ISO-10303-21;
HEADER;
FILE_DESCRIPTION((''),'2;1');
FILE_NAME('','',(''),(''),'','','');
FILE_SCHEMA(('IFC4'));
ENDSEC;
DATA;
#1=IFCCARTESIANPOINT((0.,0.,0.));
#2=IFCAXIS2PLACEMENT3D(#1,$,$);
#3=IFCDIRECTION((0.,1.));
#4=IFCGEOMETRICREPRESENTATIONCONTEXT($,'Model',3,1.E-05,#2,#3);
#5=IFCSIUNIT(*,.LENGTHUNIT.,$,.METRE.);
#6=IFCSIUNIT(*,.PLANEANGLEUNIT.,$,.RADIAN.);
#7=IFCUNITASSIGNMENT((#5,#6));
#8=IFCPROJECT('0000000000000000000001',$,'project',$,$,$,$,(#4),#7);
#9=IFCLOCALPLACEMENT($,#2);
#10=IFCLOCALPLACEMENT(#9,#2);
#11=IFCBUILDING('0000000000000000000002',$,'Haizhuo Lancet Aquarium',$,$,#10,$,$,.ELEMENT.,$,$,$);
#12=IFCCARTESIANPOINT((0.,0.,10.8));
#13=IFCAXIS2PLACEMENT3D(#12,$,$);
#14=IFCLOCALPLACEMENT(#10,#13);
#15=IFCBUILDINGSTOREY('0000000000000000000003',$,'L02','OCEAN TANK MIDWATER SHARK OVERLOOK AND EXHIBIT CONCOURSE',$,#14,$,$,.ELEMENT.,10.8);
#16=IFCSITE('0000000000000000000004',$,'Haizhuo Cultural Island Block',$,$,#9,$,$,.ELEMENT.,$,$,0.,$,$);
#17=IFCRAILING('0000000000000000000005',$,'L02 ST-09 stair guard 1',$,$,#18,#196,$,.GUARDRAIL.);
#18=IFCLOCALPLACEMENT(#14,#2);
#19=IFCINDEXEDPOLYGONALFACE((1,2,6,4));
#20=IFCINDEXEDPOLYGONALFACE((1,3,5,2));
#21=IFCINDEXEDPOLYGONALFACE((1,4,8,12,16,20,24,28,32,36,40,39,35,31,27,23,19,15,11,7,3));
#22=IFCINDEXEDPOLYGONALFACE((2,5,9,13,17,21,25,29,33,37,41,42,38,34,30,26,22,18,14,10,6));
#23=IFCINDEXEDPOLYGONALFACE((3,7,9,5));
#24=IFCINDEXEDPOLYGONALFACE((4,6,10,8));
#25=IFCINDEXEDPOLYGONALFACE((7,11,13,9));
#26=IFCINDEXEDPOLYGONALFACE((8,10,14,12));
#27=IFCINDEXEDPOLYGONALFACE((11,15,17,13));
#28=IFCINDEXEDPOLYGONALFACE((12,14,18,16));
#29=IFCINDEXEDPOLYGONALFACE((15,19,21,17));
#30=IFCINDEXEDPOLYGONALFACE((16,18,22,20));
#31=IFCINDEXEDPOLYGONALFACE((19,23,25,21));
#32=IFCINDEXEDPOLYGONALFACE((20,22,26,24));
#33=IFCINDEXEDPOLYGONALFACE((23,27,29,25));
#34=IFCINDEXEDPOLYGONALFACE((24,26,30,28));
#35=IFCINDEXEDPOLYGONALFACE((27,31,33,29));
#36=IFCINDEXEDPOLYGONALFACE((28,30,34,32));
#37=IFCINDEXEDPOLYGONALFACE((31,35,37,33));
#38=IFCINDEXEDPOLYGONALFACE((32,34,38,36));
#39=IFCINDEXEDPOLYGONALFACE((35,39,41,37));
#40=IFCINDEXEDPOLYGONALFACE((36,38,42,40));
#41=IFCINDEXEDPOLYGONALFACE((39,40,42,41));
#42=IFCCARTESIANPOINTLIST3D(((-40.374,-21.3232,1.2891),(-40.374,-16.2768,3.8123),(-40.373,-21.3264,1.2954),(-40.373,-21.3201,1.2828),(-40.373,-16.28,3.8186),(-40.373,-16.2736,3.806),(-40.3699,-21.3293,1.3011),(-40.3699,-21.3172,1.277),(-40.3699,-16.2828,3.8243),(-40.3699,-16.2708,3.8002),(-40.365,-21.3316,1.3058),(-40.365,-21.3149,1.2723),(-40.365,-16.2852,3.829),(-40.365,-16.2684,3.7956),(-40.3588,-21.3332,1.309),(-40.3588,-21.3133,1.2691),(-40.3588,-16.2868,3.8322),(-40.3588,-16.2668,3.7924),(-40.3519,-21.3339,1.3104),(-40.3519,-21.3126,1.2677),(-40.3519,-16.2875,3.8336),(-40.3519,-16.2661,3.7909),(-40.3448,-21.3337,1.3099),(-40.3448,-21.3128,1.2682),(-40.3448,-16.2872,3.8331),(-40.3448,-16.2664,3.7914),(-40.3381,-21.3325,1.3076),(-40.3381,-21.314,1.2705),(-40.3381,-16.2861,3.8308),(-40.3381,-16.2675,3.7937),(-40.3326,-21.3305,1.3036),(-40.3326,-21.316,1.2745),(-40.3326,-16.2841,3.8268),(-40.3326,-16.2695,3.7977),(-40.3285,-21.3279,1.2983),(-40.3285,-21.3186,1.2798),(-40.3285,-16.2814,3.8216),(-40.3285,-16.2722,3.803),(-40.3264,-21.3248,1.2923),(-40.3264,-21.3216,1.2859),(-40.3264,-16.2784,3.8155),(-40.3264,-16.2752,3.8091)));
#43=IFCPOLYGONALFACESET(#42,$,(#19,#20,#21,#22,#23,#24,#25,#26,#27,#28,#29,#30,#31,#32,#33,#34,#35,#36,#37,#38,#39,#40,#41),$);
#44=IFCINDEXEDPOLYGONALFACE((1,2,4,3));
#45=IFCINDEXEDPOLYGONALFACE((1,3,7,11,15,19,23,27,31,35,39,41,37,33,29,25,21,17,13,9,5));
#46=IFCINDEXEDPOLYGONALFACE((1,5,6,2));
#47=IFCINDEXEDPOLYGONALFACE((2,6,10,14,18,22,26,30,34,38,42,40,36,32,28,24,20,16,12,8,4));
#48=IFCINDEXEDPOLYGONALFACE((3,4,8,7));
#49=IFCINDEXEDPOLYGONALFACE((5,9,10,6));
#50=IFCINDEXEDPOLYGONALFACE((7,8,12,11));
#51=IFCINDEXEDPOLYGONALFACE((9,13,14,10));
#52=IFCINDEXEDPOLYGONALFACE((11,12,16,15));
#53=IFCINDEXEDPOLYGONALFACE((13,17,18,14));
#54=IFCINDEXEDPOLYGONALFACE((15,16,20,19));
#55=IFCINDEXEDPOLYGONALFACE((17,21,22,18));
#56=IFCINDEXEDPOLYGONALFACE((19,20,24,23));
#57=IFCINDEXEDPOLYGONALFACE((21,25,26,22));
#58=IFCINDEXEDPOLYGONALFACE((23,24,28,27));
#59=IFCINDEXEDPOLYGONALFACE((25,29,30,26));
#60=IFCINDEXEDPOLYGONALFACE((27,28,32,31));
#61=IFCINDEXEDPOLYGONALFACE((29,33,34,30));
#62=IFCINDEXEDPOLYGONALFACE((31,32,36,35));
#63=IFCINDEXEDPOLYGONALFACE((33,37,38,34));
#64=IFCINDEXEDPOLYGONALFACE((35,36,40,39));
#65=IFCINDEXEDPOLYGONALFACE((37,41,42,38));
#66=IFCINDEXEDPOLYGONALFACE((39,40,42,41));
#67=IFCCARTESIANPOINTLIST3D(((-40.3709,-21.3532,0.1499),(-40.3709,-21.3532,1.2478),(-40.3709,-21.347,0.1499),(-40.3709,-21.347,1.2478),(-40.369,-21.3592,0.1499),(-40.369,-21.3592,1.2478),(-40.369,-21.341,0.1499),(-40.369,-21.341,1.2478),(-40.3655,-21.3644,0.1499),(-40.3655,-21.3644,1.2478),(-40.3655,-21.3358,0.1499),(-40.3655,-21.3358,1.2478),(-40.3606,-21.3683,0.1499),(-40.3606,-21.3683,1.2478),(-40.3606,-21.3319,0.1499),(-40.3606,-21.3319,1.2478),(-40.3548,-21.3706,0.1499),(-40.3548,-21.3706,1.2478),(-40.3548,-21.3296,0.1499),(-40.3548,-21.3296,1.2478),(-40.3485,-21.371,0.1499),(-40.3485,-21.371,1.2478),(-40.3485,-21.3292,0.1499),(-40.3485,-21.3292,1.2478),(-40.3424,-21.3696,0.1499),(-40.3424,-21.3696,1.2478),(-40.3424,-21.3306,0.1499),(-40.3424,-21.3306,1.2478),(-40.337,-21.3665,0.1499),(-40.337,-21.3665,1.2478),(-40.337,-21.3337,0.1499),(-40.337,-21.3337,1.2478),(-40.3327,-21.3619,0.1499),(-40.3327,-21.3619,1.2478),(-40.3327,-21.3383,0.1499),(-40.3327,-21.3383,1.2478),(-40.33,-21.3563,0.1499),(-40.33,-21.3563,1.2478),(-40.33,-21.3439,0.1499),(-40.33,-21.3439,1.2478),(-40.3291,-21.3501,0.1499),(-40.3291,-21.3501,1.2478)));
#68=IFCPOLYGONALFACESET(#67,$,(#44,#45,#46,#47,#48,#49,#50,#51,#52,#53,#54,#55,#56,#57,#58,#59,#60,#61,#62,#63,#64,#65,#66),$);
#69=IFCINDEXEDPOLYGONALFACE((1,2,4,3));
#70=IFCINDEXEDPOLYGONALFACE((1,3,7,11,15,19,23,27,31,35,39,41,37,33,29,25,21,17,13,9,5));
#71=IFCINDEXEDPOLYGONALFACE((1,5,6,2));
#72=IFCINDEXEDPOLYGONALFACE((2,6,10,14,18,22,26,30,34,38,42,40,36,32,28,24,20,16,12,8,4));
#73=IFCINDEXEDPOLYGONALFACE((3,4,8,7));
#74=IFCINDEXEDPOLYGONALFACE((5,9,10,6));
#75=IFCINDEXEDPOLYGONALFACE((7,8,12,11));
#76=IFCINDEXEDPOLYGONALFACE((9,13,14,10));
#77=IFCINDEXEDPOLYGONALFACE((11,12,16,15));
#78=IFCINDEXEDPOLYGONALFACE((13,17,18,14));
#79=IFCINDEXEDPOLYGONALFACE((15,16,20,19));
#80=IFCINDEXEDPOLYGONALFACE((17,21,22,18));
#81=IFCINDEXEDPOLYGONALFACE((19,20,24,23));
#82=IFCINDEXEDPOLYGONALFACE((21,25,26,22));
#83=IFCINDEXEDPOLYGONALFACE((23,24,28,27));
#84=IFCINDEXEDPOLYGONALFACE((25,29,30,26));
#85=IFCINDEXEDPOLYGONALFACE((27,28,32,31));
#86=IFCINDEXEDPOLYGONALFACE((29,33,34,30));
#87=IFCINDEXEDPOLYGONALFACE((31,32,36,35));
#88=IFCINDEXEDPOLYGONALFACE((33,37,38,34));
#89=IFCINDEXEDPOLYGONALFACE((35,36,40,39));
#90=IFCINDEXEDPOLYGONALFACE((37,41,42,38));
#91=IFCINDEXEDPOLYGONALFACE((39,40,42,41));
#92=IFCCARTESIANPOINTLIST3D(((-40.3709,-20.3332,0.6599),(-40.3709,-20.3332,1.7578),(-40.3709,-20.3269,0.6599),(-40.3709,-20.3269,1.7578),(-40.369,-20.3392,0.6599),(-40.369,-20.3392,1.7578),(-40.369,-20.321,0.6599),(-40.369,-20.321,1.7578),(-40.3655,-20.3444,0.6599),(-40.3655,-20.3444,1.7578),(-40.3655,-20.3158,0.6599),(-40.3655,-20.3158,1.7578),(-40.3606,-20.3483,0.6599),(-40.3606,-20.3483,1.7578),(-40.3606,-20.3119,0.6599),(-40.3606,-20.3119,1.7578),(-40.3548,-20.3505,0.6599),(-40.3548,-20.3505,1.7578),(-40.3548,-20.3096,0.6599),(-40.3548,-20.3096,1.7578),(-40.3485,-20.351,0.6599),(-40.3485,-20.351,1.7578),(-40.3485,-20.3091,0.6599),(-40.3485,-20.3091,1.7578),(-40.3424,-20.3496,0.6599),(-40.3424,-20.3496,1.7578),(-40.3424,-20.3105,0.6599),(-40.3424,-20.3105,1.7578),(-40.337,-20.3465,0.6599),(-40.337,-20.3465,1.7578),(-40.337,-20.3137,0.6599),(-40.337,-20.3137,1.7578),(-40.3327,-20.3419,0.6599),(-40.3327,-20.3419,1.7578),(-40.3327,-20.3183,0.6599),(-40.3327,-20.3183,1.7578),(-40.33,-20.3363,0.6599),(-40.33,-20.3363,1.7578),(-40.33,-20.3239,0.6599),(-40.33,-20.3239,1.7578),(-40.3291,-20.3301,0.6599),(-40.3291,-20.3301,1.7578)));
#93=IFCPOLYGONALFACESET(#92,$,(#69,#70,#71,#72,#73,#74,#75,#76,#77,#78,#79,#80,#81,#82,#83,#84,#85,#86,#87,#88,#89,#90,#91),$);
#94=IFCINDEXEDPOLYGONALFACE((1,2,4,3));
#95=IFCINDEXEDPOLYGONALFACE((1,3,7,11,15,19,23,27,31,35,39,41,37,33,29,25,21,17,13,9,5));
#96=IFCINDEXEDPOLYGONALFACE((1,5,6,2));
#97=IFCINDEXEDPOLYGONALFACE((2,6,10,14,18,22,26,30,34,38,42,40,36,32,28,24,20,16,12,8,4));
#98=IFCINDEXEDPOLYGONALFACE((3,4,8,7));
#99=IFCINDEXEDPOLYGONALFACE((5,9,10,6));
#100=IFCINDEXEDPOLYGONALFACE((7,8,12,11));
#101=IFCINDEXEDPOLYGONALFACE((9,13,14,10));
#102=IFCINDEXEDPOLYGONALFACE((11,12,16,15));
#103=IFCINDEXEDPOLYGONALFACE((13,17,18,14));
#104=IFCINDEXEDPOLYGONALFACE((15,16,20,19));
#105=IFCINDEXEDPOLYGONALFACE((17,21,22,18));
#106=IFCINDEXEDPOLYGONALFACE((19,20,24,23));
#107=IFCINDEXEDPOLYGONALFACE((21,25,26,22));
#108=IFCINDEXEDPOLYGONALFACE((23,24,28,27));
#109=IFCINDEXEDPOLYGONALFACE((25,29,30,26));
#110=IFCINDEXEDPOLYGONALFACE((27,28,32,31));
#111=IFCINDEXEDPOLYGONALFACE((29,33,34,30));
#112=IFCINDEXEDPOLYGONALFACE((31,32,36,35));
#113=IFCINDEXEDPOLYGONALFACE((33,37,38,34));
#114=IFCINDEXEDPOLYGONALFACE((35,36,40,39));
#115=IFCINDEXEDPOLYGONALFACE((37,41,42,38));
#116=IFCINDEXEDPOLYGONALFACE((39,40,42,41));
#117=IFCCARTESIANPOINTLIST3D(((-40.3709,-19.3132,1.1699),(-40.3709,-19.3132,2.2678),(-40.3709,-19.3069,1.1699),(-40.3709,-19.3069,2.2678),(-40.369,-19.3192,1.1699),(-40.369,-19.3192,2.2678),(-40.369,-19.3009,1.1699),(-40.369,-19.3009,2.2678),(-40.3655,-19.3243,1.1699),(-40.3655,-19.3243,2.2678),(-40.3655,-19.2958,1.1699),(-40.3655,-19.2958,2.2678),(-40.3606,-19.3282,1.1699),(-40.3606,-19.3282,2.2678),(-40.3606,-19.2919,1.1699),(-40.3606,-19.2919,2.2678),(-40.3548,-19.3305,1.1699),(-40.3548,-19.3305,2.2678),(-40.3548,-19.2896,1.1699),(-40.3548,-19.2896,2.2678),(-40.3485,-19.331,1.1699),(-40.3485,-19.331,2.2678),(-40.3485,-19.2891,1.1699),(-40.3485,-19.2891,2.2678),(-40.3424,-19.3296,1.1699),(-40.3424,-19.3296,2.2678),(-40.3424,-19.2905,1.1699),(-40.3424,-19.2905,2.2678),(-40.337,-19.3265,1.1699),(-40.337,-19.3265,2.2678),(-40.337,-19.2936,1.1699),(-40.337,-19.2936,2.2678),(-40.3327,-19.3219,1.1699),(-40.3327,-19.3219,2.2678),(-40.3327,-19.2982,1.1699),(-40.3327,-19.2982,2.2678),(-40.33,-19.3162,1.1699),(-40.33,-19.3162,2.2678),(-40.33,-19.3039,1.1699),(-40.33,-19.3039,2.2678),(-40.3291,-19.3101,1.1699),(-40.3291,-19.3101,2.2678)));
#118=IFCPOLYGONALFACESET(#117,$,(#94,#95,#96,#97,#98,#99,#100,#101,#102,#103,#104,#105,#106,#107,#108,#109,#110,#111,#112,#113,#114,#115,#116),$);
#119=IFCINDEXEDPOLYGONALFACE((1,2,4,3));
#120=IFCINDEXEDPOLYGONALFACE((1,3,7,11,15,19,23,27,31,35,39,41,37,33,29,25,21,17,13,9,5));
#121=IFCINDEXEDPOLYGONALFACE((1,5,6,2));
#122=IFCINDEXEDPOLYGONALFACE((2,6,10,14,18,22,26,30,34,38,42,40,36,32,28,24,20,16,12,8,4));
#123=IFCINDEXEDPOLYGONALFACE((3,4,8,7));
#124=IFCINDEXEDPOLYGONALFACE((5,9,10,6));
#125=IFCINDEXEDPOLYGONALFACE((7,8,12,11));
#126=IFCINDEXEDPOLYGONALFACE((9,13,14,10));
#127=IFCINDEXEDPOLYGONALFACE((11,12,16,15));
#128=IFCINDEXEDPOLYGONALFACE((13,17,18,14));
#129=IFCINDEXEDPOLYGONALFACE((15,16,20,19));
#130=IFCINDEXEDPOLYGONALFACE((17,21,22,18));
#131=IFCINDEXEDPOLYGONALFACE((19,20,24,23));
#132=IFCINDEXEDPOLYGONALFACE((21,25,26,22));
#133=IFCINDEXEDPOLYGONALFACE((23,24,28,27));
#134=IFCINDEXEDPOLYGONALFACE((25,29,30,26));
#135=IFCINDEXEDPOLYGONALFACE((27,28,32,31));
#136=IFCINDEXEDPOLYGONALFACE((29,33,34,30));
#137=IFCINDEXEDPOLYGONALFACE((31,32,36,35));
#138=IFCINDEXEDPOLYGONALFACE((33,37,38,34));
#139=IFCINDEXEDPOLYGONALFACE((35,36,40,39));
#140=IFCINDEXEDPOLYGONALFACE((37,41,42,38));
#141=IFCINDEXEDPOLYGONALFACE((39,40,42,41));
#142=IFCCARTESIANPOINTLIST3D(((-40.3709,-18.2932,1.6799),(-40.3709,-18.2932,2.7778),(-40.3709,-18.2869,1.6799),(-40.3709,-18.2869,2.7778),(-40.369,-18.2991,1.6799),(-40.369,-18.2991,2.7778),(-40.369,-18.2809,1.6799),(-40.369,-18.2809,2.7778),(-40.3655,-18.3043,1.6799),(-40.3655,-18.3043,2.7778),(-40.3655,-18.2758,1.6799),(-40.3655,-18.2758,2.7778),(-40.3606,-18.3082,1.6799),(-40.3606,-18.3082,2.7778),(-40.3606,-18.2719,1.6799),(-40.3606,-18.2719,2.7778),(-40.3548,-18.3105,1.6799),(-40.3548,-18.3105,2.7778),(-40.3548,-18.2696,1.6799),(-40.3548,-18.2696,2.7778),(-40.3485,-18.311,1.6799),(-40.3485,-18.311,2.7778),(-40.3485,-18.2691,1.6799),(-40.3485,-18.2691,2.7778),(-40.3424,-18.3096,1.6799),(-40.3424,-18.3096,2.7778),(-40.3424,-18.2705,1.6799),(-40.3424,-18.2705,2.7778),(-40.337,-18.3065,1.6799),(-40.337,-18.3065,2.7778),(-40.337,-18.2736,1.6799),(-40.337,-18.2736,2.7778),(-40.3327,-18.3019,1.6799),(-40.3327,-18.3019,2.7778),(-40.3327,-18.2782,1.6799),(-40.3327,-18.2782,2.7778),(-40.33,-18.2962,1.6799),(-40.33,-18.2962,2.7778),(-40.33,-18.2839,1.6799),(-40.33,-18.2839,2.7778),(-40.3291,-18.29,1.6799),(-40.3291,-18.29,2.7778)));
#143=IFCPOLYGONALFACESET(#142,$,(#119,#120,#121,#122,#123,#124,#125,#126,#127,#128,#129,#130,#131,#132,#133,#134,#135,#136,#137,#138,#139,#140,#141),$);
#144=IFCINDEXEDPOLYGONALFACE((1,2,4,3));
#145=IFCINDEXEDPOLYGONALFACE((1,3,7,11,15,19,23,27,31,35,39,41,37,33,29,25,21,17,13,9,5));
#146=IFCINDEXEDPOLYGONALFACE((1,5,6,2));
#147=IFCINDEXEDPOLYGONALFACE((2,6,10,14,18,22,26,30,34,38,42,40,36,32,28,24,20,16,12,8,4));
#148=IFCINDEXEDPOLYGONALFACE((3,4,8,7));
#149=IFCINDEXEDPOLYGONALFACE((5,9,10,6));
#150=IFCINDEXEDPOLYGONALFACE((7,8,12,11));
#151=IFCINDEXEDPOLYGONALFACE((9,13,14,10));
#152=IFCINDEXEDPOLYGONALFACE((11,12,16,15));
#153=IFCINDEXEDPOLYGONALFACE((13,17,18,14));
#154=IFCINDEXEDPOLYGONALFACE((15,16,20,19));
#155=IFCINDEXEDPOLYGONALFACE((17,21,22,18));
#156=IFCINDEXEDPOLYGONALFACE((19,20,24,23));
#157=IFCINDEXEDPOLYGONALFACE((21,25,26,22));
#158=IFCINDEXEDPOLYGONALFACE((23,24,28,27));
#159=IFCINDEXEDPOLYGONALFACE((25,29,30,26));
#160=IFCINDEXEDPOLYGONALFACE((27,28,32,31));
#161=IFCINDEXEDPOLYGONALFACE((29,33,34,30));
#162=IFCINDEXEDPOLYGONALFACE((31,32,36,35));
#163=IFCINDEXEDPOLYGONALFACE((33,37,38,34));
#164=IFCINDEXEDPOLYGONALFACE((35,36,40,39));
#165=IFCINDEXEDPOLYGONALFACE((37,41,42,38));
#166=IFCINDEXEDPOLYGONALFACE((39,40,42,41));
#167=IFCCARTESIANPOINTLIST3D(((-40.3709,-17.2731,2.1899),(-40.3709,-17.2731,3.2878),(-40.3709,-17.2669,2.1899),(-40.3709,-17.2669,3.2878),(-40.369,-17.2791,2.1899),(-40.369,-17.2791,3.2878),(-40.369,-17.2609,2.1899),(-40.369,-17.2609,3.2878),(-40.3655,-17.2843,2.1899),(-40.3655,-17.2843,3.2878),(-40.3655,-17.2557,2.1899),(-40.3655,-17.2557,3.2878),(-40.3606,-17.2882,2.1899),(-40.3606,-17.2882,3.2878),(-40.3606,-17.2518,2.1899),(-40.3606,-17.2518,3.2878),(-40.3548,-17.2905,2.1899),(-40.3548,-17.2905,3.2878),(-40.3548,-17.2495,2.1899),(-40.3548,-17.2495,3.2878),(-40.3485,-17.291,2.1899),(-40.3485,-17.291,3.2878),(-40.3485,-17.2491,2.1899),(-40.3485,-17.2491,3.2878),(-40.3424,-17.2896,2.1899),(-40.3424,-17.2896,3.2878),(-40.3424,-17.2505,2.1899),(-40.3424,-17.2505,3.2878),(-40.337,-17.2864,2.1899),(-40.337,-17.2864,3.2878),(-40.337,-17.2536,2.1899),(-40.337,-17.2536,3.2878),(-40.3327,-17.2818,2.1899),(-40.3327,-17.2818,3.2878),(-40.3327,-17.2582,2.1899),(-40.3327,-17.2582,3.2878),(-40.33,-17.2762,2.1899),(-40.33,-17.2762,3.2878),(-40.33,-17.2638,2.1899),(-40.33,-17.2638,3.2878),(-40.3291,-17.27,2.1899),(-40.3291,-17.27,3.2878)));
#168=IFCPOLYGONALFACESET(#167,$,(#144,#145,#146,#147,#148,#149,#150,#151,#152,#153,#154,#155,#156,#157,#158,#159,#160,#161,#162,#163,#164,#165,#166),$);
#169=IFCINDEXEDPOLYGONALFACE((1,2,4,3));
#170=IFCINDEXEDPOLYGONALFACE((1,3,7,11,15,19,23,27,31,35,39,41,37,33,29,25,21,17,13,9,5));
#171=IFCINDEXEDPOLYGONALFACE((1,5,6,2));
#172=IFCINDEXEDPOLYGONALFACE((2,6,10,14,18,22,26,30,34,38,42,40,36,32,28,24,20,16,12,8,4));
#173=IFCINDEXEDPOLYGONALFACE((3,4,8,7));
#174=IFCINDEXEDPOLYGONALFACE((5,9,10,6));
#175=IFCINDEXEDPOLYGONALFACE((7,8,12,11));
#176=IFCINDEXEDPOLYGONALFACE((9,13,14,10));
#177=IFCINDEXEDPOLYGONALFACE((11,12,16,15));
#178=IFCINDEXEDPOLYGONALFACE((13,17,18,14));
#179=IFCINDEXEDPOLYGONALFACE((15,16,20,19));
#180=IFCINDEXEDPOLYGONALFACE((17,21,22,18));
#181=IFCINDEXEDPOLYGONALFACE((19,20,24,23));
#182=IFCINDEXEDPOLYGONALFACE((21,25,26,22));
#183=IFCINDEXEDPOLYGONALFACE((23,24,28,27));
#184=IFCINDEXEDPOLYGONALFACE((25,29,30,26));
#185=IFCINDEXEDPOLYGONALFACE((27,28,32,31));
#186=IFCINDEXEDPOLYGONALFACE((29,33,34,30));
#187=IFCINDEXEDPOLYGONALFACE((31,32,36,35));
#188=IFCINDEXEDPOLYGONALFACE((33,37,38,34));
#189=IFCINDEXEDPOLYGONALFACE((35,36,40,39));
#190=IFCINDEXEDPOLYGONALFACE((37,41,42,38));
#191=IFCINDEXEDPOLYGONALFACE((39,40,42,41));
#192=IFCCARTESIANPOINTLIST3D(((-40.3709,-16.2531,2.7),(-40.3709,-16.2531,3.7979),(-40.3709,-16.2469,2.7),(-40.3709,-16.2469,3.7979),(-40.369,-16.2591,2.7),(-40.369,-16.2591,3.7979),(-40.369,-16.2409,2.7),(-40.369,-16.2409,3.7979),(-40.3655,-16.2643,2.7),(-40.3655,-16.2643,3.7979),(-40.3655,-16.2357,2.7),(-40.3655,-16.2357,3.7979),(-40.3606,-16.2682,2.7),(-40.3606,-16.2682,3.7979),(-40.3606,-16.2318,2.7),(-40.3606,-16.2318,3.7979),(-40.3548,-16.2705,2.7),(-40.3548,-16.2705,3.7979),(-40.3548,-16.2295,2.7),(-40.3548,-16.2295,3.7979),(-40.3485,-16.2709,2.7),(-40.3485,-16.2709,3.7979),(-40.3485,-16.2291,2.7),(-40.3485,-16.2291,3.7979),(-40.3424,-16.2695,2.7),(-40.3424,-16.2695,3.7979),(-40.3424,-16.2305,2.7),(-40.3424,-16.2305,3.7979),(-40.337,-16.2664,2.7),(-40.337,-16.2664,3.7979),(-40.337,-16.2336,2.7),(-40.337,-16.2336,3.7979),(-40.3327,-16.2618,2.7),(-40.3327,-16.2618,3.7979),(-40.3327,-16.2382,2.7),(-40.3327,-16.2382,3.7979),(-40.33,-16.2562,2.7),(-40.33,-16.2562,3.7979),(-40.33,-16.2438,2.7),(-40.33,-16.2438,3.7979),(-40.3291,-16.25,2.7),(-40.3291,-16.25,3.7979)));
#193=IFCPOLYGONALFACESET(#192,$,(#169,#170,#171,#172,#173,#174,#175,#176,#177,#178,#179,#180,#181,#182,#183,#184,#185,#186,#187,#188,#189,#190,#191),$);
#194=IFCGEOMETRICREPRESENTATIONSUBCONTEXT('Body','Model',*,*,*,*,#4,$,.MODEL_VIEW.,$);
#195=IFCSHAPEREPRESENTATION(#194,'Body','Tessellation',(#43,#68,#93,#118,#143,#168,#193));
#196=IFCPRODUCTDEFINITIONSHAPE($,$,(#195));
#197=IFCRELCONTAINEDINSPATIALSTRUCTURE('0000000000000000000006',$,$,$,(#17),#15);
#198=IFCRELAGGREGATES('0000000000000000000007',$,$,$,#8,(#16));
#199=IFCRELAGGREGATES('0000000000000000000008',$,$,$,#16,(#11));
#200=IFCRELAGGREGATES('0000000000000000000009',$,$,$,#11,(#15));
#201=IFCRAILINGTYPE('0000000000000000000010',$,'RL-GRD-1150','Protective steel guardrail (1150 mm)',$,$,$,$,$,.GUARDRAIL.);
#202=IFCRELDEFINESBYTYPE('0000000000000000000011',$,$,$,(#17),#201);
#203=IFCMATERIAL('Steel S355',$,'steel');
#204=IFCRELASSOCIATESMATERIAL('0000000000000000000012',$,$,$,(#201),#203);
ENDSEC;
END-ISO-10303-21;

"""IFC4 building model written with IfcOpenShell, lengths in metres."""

from ifc_helpers import new_model, si_unit, direction, frame, origin, origin_2d, place, context, subcontext, project, spatial, circle, extrude, material, type_object, element, save


model = new_model("IFC4")

# Units and contexts
model_context = context("Model", 3, precision=1e-05, world=origin(), true_north=direction((0.0, 1.0)))
body_context = subcontext(model_context, "Body", "Model", "MODEL_VIEW")
ifc_project = project(units=[si_unit("LENGTHUNIT", "METRE"), si_unit("PLANEANGLEUNIT", "RADIAN")], contexts=[model_context])

# Site, building, storey
site_placement = place(None, origin())
site = spatial("IfcSite", under=ifc_project, at=site_placement, Name="Haizhuo Cultural Island Block", CompositionType="ELEMENT", RefElevation=0.0)
building_placement = place(site_placement, origin())
building = spatial("IfcBuilding", under=site, at=building_placement, Name="Haizhuo Lancet Aquarium", CompositionType="ELEMENT")
storey_placement = place(building_placement, frame((0.0, 0.0, 10.8)))
storey = spatial("IfcBuildingStorey", under=building, at=storey_placement, Name="L02", Description="OCEAN TANK MIDWATER SHARK OVERLOOK AND EXHIBIT CONCOURSE", CompositionType="ELEMENT", Elevation=10.8)

# Shared definitions
ifc_material_1 = material(Name="Steel S355", Category="steel")

# Railing
railing_type_1 = type_object("IfcRailingType", Name="RL-GRD-1150", Description="Protective steel guardrail (1150 mm)", PredefinedType="GUARDRAIL", material=ifc_material_1)
railing_1_placement = place(storey_placement, frame((-40.3501, -21.3501, 0.1499)))
element("IfcRailing", 1, at=railing_1_placement, inside=storey, type_object=railing_type_1, Name="L02 ST-09 stair guard 1", PredefinedType="GUARDRAIL", context=body_context, shape_type="SweptSolid", body=[
    extrude(circle(Radius=0.0239, at=origin_2d()), frame((0.0, 0.0269, 1.1392), z_axis=(0.0, 0.894427, 0.447214), x_axis=(-1.0, 0.0, 0.0)), (0.0, 0.0, 1.0), 5.6421),
    extrude(circle(Radius=0.021, at=origin_2d()), origin(), (0.0, 0.0, 1.0), 1.0979),
    extrude(circle(Radius=0.021, at=origin_2d()), frame((0.0, 1.02, 0.51)), (0.0, 0.0, 1.0), 1.0979),
    extrude(circle(Radius=0.021, at=origin_2d()), frame((0.0, 2.04, 1.02)), (0.0, 0.0, 1.0), 1.0979),
    extrude(circle(Radius=0.021, at=origin_2d()), frame((0.0, 3.0601, 1.53)), (0.0, 0.0, 1.0), 1.0979),
    extrude(circle(Radius=0.021, at=origin_2d()), frame((0.0, 4.0801, 2.04)), (0.0, 0.0, 1.0), 1.0979),
    extrude(circle(Radius=0.021, at=origin_2d()), frame((0.0, 5.1001, 2.55)), (0.0, 0.0, 1.0), 1.0979),
])

save(model, "model.ifc")
